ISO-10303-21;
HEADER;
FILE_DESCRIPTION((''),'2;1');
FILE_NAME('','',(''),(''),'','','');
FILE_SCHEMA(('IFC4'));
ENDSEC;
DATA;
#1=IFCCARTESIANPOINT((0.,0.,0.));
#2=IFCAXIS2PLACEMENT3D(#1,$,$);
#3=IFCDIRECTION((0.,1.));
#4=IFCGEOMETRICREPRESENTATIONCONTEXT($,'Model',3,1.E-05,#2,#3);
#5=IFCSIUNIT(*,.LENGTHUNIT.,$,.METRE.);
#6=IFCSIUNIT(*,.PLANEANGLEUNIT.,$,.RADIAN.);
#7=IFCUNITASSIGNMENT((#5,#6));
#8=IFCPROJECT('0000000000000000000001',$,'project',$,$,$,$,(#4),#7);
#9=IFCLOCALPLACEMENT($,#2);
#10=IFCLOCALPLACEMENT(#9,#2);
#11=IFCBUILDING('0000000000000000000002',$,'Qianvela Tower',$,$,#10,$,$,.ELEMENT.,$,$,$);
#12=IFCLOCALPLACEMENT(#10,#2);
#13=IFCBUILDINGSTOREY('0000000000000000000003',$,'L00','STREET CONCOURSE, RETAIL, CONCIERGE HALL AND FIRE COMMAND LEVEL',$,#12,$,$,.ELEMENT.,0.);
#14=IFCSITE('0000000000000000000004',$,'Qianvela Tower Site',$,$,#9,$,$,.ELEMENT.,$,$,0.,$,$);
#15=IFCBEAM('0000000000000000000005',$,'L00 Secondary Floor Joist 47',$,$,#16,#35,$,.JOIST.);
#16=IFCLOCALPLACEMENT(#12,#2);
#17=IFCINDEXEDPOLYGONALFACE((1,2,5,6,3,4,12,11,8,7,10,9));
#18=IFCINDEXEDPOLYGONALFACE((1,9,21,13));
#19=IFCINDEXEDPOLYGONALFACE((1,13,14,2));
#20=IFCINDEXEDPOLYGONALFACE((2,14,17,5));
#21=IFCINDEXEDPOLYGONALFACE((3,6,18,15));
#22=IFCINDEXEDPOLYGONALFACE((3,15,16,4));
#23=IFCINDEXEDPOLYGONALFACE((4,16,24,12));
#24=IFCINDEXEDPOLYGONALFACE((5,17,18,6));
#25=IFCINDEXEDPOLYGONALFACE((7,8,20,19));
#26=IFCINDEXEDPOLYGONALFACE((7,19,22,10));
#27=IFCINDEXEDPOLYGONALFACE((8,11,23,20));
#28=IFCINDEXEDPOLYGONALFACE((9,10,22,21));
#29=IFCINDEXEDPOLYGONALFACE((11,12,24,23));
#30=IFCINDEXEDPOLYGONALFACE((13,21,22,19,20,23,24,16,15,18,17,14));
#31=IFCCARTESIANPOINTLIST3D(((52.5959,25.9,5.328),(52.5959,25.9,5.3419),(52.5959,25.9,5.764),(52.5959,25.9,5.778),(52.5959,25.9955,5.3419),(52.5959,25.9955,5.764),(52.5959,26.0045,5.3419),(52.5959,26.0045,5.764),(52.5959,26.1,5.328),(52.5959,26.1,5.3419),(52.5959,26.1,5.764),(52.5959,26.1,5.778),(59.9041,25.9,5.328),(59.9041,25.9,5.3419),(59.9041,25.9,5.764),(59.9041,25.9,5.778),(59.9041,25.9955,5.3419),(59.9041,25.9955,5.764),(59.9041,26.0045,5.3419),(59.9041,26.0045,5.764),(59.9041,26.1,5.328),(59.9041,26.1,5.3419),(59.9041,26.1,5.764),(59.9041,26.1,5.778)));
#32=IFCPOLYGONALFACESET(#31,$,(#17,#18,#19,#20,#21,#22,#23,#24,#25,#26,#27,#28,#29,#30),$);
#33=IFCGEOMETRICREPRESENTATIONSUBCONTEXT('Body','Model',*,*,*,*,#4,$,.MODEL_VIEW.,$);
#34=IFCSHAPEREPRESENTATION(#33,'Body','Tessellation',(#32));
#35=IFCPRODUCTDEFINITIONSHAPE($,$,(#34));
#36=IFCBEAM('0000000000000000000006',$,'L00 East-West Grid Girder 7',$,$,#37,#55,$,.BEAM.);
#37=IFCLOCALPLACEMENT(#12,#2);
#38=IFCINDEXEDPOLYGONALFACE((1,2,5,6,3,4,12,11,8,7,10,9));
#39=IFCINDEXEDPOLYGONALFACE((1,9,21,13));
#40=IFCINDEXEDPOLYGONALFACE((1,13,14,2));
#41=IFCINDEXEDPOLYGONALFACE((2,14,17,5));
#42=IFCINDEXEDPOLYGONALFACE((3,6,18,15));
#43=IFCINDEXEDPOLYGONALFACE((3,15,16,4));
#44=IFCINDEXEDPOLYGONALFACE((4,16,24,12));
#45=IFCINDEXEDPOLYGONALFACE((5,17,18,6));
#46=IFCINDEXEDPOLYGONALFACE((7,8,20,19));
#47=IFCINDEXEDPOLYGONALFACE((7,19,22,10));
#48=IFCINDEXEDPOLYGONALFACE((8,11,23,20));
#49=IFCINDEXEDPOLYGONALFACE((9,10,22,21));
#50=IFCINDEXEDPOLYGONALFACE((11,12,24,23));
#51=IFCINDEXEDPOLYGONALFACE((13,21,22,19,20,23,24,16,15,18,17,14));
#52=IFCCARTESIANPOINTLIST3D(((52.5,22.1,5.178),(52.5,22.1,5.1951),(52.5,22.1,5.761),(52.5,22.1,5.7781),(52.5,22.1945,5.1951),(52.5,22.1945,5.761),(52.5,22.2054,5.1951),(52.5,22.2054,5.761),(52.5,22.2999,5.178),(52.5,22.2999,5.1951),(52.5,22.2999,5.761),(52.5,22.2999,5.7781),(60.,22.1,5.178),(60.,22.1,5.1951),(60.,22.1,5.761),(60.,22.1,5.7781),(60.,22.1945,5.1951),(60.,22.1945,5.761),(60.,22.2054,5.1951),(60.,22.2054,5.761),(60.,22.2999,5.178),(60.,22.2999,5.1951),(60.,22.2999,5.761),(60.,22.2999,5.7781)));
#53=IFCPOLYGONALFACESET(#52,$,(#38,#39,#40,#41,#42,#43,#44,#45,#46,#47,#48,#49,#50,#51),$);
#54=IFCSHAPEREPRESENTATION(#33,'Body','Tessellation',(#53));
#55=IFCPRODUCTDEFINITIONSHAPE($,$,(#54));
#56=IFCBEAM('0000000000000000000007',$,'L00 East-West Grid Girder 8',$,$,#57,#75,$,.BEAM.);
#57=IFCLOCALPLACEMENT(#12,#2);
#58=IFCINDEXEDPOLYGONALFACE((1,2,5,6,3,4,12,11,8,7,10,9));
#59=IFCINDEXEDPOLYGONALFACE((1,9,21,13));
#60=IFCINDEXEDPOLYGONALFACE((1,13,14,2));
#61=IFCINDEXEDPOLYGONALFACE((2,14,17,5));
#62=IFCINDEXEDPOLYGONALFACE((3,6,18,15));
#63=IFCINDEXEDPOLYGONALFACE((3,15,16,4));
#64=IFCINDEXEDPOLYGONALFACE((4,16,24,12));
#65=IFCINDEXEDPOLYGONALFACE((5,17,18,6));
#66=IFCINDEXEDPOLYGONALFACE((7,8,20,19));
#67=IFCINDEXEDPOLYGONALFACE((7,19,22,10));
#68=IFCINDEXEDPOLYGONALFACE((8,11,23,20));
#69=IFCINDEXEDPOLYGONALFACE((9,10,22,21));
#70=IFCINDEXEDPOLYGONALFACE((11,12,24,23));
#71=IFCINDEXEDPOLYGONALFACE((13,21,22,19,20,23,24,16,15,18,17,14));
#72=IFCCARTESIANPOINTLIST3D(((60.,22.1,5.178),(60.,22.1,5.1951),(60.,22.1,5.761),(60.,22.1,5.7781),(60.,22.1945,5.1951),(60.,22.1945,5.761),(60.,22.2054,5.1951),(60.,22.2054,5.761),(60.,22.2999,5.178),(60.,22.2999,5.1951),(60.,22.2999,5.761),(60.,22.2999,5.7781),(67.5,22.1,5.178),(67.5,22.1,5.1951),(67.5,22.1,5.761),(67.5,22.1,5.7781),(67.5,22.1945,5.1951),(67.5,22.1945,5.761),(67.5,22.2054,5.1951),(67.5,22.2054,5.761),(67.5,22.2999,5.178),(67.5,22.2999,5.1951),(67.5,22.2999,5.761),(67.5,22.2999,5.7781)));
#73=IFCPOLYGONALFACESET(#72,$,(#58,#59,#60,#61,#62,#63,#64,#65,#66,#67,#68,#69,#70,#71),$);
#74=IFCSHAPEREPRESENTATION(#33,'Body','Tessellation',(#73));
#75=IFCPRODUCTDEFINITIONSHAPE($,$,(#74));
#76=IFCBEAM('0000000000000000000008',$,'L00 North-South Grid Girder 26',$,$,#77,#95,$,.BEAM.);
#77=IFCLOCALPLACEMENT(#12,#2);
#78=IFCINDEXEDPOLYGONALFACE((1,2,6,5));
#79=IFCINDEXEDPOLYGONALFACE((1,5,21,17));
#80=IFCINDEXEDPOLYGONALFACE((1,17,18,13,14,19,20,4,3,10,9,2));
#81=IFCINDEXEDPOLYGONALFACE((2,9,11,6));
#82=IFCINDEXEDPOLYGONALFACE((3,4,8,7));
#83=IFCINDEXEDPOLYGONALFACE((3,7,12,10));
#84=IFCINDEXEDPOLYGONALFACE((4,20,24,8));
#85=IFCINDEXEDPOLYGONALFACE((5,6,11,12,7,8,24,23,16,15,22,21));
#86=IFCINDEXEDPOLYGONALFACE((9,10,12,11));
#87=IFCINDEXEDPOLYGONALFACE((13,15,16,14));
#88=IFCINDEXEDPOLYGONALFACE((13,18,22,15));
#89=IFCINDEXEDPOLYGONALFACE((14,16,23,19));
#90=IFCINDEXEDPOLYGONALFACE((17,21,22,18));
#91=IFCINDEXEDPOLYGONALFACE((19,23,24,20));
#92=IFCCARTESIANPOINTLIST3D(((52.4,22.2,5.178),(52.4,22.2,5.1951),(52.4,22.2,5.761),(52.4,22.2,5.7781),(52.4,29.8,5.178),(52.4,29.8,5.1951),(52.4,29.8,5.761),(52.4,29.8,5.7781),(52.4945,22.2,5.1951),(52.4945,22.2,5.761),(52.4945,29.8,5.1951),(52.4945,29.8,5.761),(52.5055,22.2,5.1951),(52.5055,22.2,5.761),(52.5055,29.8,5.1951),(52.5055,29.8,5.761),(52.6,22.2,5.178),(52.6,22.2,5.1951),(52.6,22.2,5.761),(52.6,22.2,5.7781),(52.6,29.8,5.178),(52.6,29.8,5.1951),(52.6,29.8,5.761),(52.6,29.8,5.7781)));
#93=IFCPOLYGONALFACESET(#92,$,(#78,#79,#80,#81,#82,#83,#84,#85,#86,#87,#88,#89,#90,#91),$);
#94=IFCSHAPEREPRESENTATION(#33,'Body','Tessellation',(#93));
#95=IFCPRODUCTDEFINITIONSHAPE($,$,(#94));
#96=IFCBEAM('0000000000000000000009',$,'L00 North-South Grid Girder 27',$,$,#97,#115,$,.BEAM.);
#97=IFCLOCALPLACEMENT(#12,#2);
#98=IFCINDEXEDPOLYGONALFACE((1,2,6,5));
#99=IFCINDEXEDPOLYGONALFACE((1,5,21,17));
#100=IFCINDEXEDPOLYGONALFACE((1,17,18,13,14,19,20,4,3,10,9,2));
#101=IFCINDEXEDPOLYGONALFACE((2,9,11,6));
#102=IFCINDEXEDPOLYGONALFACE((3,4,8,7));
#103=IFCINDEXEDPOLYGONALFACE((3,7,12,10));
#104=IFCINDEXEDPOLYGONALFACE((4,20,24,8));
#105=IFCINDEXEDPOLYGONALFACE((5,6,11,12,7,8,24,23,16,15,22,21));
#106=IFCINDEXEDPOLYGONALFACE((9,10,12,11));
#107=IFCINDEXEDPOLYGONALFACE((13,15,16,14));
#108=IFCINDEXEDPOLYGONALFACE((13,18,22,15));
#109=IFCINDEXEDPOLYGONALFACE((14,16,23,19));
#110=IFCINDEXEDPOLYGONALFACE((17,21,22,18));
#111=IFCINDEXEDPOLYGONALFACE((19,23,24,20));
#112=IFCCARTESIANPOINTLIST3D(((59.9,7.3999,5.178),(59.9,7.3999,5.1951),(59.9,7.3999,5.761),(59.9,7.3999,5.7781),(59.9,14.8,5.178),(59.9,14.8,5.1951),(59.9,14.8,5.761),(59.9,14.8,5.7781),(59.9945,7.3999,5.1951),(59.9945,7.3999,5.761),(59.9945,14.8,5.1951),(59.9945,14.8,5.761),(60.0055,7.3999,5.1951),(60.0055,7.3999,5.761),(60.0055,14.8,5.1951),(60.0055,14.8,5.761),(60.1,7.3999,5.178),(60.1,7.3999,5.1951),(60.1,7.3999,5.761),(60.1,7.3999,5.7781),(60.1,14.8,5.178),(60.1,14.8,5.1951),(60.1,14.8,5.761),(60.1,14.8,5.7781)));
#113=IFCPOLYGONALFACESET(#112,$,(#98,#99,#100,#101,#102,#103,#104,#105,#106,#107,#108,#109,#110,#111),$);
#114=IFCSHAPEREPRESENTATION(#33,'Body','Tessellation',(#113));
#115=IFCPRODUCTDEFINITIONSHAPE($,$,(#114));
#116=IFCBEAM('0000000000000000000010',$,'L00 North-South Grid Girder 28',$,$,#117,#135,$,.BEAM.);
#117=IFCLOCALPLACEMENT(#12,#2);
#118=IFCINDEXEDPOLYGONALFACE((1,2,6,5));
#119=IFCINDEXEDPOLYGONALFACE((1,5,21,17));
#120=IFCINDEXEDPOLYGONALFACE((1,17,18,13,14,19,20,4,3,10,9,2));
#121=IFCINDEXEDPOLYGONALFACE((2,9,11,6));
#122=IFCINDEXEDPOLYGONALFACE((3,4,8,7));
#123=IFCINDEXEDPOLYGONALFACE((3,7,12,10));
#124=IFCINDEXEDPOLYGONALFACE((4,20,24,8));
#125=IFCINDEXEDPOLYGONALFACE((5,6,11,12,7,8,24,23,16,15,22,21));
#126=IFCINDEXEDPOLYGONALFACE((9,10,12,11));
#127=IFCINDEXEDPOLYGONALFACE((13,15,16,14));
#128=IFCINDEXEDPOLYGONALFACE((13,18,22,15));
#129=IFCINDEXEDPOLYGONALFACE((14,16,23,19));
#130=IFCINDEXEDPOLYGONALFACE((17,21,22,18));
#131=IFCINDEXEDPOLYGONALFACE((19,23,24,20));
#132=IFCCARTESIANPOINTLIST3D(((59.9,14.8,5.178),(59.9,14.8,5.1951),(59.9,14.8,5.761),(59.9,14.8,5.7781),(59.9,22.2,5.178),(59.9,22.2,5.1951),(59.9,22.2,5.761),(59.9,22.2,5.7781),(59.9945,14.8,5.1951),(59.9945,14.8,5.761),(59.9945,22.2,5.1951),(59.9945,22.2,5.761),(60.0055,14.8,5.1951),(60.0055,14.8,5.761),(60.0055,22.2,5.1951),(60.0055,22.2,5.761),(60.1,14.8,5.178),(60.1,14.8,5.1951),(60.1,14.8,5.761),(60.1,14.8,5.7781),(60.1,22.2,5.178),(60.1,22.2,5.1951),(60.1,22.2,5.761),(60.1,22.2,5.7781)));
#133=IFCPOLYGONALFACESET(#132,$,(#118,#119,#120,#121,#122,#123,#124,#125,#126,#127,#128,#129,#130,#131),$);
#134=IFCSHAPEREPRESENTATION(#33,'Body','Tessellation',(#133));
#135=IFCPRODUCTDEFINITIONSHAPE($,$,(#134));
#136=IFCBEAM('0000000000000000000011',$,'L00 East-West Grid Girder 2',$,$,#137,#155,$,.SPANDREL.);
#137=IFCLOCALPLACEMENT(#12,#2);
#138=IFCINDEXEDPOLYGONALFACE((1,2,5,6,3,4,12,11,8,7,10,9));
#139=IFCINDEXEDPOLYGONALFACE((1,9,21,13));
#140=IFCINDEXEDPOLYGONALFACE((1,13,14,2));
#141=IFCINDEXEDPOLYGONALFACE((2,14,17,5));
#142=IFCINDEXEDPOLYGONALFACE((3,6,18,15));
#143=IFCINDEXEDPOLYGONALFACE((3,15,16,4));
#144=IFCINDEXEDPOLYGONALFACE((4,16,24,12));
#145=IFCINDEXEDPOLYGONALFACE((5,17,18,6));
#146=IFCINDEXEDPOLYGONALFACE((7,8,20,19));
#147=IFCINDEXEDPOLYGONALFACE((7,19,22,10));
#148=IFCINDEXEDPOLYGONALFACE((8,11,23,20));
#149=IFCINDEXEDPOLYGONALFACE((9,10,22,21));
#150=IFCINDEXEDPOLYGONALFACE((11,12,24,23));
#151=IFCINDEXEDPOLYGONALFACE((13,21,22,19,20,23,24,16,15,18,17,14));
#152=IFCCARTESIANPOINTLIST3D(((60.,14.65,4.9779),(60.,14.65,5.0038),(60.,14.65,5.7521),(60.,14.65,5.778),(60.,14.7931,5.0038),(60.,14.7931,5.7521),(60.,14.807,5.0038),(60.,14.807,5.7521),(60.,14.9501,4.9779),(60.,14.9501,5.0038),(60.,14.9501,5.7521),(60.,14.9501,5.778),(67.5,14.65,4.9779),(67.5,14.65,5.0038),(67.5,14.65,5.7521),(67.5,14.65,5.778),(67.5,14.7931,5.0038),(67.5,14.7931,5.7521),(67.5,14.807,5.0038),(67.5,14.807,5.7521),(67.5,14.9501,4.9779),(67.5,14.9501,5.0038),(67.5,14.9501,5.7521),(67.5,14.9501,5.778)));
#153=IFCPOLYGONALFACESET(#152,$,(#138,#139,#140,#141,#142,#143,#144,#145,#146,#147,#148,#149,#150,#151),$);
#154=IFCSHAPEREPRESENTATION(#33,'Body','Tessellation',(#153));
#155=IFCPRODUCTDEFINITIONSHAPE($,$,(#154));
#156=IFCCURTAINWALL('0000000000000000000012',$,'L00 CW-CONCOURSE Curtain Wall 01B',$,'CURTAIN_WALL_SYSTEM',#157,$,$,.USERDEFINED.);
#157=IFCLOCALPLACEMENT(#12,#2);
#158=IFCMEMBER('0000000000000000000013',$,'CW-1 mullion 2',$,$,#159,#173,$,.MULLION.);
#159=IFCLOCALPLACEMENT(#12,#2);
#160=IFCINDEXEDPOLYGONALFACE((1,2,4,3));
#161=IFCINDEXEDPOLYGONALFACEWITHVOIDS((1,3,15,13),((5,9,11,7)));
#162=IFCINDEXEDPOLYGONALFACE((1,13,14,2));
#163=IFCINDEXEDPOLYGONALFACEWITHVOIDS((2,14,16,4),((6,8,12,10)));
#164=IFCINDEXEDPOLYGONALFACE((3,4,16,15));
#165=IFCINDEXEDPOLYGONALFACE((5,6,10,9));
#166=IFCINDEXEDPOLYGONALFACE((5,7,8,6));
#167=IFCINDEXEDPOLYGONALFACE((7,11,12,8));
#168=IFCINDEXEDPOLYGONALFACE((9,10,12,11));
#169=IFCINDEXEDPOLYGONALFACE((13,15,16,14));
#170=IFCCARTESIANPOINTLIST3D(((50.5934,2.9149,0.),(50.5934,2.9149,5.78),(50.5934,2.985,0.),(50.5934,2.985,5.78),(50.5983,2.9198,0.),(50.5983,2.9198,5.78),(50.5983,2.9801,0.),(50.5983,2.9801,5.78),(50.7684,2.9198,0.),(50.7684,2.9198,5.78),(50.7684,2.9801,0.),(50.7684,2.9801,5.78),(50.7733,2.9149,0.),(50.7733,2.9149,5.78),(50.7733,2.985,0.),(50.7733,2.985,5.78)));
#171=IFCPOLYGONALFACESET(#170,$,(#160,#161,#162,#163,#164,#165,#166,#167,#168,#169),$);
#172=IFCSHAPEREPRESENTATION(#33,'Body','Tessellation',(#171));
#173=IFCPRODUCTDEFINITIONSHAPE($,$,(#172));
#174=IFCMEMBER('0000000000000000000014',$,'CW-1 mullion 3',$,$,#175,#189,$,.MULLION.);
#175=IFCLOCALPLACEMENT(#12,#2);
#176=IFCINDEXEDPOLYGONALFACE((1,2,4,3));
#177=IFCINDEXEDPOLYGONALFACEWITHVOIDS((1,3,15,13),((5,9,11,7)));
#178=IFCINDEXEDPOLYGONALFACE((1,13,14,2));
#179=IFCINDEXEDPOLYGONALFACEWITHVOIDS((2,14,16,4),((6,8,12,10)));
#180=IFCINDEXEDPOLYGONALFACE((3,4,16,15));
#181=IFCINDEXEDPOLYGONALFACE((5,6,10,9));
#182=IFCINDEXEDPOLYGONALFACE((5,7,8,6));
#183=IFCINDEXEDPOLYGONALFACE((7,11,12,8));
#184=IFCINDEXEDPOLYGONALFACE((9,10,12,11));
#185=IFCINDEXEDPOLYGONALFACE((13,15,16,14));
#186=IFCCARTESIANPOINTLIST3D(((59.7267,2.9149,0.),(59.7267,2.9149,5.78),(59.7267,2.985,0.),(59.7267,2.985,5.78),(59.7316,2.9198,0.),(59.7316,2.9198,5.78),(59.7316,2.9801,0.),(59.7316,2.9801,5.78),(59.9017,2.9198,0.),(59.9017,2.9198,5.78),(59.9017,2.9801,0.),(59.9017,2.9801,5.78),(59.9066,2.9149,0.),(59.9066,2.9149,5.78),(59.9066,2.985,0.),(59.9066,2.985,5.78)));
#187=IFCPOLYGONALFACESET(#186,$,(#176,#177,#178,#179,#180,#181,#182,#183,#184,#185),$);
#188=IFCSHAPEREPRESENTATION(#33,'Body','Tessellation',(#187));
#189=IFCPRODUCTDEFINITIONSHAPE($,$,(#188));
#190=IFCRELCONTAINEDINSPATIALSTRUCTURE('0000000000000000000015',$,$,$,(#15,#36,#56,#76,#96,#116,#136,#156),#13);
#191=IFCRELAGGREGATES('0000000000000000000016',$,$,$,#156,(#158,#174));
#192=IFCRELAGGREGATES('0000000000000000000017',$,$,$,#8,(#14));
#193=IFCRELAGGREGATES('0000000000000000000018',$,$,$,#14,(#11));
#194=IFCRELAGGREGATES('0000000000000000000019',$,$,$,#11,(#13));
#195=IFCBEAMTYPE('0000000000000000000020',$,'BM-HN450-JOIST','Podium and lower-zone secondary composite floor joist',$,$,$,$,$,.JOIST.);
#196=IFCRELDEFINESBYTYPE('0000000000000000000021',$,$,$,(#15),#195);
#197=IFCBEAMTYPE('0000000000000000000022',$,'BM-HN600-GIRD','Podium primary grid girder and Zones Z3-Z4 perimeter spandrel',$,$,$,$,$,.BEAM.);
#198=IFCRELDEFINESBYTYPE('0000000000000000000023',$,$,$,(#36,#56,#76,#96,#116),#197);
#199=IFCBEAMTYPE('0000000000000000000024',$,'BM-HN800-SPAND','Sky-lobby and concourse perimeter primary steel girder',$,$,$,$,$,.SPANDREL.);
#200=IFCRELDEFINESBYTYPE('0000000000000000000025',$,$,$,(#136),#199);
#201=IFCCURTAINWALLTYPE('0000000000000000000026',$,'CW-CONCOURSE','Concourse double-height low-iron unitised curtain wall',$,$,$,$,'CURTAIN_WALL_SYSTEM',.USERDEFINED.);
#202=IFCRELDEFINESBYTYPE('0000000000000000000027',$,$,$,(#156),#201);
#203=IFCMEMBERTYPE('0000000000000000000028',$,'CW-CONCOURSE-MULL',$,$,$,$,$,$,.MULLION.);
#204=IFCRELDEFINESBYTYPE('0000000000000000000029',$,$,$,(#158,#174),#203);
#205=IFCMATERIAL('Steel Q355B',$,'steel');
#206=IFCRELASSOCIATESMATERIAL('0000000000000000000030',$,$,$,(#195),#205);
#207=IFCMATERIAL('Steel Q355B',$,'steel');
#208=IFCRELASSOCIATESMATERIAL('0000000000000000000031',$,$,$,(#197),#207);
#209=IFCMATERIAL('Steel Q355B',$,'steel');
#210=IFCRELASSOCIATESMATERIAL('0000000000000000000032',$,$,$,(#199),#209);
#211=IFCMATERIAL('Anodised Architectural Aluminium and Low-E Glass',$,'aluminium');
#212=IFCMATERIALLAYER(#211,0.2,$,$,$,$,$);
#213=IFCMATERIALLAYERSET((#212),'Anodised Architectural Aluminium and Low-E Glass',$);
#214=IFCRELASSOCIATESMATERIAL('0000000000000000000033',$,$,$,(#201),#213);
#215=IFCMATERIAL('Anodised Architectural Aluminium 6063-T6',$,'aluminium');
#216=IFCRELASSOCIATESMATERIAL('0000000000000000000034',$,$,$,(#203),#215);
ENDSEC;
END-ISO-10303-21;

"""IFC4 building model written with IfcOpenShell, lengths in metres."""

from ifc_helpers import new_model, si_unit, direction, frame, origin, origin_2d, place, context, subcontext, project, spatial, hollow_rectangle, i_section, extrude, material, layer, layer_set, material_profile, profile_set, type_object, element, aggregate, save


model = new_model("IFC4")

# Units and contexts
model_context = context("Model", 3, precision=1e-05, world=origin(), true_north=direction((0.0, 1.0)))
body_context = subcontext(model_context, "Body", "Model", "MODEL_VIEW")
ifc_project = project(units=[si_unit("LENGTHUNIT", "METRE"), si_unit("PLANEANGLEUNIT", "RADIAN")], contexts=[model_context])

# Site, building, storey
site_placement = place(None, origin())
site = spatial("IfcSite", under=ifc_project, at=site_placement, Name="Qianvela Tower Site", CompositionType="ELEMENT", RefElevation=0.0)
building_placement = place(site_placement, origin())
building = spatial("IfcBuilding", under=site, at=building_placement, Name="Qianvela Tower", CompositionType="ELEMENT")
storey_placement = place(building_placement, origin())
storey = spatial("IfcBuildingStorey", under=building, at=storey_placement, Name="L00", Description="STREET CONCOURSE, RETAIL, CONCIERGE HALL AND FIRE COMMAND LEVEL", CompositionType="ELEMENT", Elevation=0.0)

# Beams
ifc_material_1 = material(Name="Steel Q355B", Category="steel")
ifc_material_profile_1 = material_profile(ifc_material_1, i_section(OverallWidth=0.2, OverallDepth=0.45, WebThickness=0.009, FlangeThickness=0.0139, at=origin_2d()), Name="HN450x200x9x14")
ifc_profile_set_1 = profile_set([ifc_material_profile_1], Name="Steel Q355B")
beam_type_1 = type_object("IfcBeamType", Name="BM-HN450-JOIST", Description="Podium and lower-zone secondary composite floor joist", PredefinedType="JOIST", material=ifc_profile_set_1)
beam_1_placement = place(storey_placement, frame((52.5959, 26.0, 5.553), z_axis=(1.0, 0.0, 0.0), x_axis=(0.0, 1.0, 0.0)))
element("IfcBeam", 1, at=beam_1_placement, inside=storey, type_object=beam_type_1, Name="L00 Secondary Floor Joist 47", PredefinedType="JOIST", context=body_context, shape_type="SweptSolid", body=[
    extrude(i_section(OverallWidth=0.2, OverallDepth=0.45, WebThickness=0.009, FlangeThickness=0.0139, at=origin_2d()), origin(), (0.0, 0.0, 1.0), 7.3081),
])
ifc_material_2 = material(Name="Steel Q355B", Category="steel")
ifc_material_profile_2 = material_profile(ifc_material_2, i_section(OverallWidth=0.2, OverallDepth=0.6001, WebThickness=0.011, FlangeThickness=0.0171, at=origin_2d()), Name="HN600x200x11x17")
ifc_profile_set_2 = profile_set([ifc_material_profile_2], Name="Steel Q355B")
beam_type_2 = type_object("IfcBeamType", Name="BM-HN600-GIRD", Description="Podium primary grid girder and Zones Z3-Z4 perimeter spandrel", PredefinedType="BEAM", material=ifc_profile_set_2)
for number, where, z_axis, x_axis, name in (
    (2, (52.5, 22.2, 5.478), (1.0, 0.0, 0.0), (0.0, 1.0, 0.0), "L00 East-West Grid Girder 7"),
    (3, (60.0, 22.2, 5.478), (1.0, 0.0, 0.0), (0.0, 1.0, 0.0), "L00 East-West Grid Girder 8"),
):
    element("IfcBeam", number, at=place(storey_placement, frame(where, z_axis=z_axis, x_axis=x_axis)), inside=storey, type_object=beam_type_2, Name=name, PredefinedType="BEAM", context=body_context, shape_type="SweptSolid", body=[
        extrude(i_section(OverallWidth=0.2, OverallDepth=0.6001, WebThickness=0.011, FlangeThickness=0.0171, at=origin_2d()), origin(), (0.0, 0.0, 1.0), 7.5),
    ])
beam_2_placement = place(storey_placement, frame((52.5, 22.2, 5.478), z_axis=(0.0, 1.0, 0.0), x_axis=(-1.0, 0.0, 0.0)))
element("IfcBeam", 4, at=beam_2_placement, inside=storey, type_object=beam_type_2, Name="L00 North-South Grid Girder 26", PredefinedType="BEAM", context=body_context, shape_type="SweptSolid", body=[
    extrude(i_section(OverallWidth=0.2, OverallDepth=0.6001, WebThickness=0.011, FlangeThickness=0.0171, at=origin_2d()), origin(), (0.0, 0.0, 1.0), 7.6001),
])
beam_3_placement = place(storey_placement, frame((60.0, 7.3999, 5.478), z_axis=(0.0, 1.0, 0.0), x_axis=(-1.0, 0.0, 0.0)))
element("IfcBeam", 5, at=beam_3_placement, inside=storey, type_object=beam_type_2, Name="L00 North-South Grid Girder 27", PredefinedType="BEAM", context=body_context, shape_type="SweptSolid", body=[
    extrude(i_section(OverallWidth=0.2, OverallDepth=0.6001, WebThickness=0.011, FlangeThickness=0.0171, at=origin_2d()), origin(), (0.0, 0.0, 1.0), 7.4001),
])
beam_4_placement = place(storey_placement, frame((60.0, 14.8, 5.478), z_axis=(0.0, 1.0, 0.0), x_axis=(-1.0, 0.0, 0.0)))
element("IfcBeam", 6, at=beam_4_placement, inside=storey, type_object=beam_type_2, Name="L00 North-South Grid Girder 28", PredefinedType="BEAM", context=body_context, shape_type="SweptSolid", body=[
    extrude(i_section(OverallWidth=0.2, OverallDepth=0.6001, WebThickness=0.011, FlangeThickness=0.0171, at=origin_2d()), origin(), (0.0, 0.0, 1.0), 7.3999),
])
ifc_material_3 = material(Name="Steel Q355B", Category="steel")
ifc_material_profile_3 = material_profile(ifc_material_3, i_section(OverallWidth=0.3, OverallDepth=0.8, WebThickness=0.0139, FlangeThickness=0.0259, at=origin_2d()), Name="HN800x300x14x26")
ifc_profile_set_3 = profile_set([ifc_material_profile_3], Name="Steel Q355B")
beam_type_3 = type_object("IfcBeamType", Name="BM-HN800-SPAND", Description="Sky-lobby and concourse perimeter primary steel girder", PredefinedType="SPANDREL", material=ifc_profile_set_3)
beam_5_placement = place(storey_placement, frame((60.0, 14.8, 5.3779), z_axis=(1.0, 0.0, 0.0), x_axis=(0.0, 1.0, 0.0)))
element("IfcBeam", 7, at=beam_5_placement, inside=storey, type_object=beam_type_3, Name="L00 East-West Grid Girder 2", PredefinedType="SPANDREL", context=body_context, shape_type="SweptSolid", body=[
    extrude(i_section(OverallWidth=0.3, OverallDepth=0.8, WebThickness=0.0139, FlangeThickness=0.0259, at=origin_2d()), origin(), (0.0, 0.0, 1.0), 7.5),
])

# Curtain wall, members
ifc_material_4 = material(Name="Anodised Architectural Aluminium and Low-E Glass", Category="aluminium")
ifc_layer_1 = layer(ifc_material_4, 0.2)
ifc_layer_set_1 = layer_set([ifc_layer_1], Name="Anodised Architectural Aluminium and Low-E Glass")
curtain_wall_type = type_object("IfcCurtainWallType", Name="CW-CONCOURSE", Description="Concourse double-height low-iron unitised curtain wall", ElementType="CURTAIN_WALL_SYSTEM", PredefinedType="USERDEFINED", material=ifc_layer_set_1)
curtain_wall_placement = place(storey_placement, origin())
curtain_wall = element("IfcCurtainWall", 8, at=curtain_wall_placement, inside=storey, type_object=curtain_wall_type, Name="L00 CW-CONCOURSE Curtain Wall 01B", ObjectType="CURTAIN_WALL_SYSTEM", PredefinedType="USERDEFINED")
ifc_material_5 = material(Name="Anodised Architectural Aluminium 6063-T6", Category="aluminium")
ifc_material_profile_4 = material_profile(ifc_material_5, hollow_rectangle(XDim=0.0701, YDim=0.1799, WallThickness=0.0049, at=origin_2d()), Name="ALU-MULL-70x180")
ifc_profile_set_4 = profile_set([ifc_material_profile_4], Name="Anodised Architectural Aluminium 6063-T6")
member_type_1 = type_object("IfcMemberType", Name="CW-CONCOURSE-MULL", PredefinedType="MULLION", material=ifc_profile_set_4)
member_1_placement = place(storey_placement, frame((50.6833, 2.95, 0.0), z_axis=(0.0, 0.0, 1.0), x_axis=(0.0, 1.0, 0.0)))
member_1 = element("IfcMember", 9, at=member_1_placement, type_object=member_type_1, Name="CW-1 mullion 2", PredefinedType="MULLION", context=body_context, shape_type="SweptSolid", body=[
    extrude(hollow_rectangle(XDim=0.0701, YDim=0.1799, WallThickness=0.0049, at=origin_2d()), origin(), (0.0, 0.0, 1.0), 5.78),
])
member_2_placement = place(storey_placement, frame((59.8167, 2.95, 0.0), z_axis=(0.0, 0.0, 1.0), x_axis=(0.0, 1.0, 0.0)))
member_2 = element("IfcMember", 10, at=member_2_placement, type_object=member_type_1, Name="CW-1 mullion 3", PredefinedType="MULLION", context=body_context, shape_type="SweptSolid", body=[
    extrude(hollow_rectangle(XDim=0.0701, YDim=0.1799, WallThickness=0.0049, at=origin_2d()), origin(), (0.0, 0.0, 1.0), 5.78),
])

aggregate(curtain_wall, [member_1, member_2])

save(model, "model.ifc")
